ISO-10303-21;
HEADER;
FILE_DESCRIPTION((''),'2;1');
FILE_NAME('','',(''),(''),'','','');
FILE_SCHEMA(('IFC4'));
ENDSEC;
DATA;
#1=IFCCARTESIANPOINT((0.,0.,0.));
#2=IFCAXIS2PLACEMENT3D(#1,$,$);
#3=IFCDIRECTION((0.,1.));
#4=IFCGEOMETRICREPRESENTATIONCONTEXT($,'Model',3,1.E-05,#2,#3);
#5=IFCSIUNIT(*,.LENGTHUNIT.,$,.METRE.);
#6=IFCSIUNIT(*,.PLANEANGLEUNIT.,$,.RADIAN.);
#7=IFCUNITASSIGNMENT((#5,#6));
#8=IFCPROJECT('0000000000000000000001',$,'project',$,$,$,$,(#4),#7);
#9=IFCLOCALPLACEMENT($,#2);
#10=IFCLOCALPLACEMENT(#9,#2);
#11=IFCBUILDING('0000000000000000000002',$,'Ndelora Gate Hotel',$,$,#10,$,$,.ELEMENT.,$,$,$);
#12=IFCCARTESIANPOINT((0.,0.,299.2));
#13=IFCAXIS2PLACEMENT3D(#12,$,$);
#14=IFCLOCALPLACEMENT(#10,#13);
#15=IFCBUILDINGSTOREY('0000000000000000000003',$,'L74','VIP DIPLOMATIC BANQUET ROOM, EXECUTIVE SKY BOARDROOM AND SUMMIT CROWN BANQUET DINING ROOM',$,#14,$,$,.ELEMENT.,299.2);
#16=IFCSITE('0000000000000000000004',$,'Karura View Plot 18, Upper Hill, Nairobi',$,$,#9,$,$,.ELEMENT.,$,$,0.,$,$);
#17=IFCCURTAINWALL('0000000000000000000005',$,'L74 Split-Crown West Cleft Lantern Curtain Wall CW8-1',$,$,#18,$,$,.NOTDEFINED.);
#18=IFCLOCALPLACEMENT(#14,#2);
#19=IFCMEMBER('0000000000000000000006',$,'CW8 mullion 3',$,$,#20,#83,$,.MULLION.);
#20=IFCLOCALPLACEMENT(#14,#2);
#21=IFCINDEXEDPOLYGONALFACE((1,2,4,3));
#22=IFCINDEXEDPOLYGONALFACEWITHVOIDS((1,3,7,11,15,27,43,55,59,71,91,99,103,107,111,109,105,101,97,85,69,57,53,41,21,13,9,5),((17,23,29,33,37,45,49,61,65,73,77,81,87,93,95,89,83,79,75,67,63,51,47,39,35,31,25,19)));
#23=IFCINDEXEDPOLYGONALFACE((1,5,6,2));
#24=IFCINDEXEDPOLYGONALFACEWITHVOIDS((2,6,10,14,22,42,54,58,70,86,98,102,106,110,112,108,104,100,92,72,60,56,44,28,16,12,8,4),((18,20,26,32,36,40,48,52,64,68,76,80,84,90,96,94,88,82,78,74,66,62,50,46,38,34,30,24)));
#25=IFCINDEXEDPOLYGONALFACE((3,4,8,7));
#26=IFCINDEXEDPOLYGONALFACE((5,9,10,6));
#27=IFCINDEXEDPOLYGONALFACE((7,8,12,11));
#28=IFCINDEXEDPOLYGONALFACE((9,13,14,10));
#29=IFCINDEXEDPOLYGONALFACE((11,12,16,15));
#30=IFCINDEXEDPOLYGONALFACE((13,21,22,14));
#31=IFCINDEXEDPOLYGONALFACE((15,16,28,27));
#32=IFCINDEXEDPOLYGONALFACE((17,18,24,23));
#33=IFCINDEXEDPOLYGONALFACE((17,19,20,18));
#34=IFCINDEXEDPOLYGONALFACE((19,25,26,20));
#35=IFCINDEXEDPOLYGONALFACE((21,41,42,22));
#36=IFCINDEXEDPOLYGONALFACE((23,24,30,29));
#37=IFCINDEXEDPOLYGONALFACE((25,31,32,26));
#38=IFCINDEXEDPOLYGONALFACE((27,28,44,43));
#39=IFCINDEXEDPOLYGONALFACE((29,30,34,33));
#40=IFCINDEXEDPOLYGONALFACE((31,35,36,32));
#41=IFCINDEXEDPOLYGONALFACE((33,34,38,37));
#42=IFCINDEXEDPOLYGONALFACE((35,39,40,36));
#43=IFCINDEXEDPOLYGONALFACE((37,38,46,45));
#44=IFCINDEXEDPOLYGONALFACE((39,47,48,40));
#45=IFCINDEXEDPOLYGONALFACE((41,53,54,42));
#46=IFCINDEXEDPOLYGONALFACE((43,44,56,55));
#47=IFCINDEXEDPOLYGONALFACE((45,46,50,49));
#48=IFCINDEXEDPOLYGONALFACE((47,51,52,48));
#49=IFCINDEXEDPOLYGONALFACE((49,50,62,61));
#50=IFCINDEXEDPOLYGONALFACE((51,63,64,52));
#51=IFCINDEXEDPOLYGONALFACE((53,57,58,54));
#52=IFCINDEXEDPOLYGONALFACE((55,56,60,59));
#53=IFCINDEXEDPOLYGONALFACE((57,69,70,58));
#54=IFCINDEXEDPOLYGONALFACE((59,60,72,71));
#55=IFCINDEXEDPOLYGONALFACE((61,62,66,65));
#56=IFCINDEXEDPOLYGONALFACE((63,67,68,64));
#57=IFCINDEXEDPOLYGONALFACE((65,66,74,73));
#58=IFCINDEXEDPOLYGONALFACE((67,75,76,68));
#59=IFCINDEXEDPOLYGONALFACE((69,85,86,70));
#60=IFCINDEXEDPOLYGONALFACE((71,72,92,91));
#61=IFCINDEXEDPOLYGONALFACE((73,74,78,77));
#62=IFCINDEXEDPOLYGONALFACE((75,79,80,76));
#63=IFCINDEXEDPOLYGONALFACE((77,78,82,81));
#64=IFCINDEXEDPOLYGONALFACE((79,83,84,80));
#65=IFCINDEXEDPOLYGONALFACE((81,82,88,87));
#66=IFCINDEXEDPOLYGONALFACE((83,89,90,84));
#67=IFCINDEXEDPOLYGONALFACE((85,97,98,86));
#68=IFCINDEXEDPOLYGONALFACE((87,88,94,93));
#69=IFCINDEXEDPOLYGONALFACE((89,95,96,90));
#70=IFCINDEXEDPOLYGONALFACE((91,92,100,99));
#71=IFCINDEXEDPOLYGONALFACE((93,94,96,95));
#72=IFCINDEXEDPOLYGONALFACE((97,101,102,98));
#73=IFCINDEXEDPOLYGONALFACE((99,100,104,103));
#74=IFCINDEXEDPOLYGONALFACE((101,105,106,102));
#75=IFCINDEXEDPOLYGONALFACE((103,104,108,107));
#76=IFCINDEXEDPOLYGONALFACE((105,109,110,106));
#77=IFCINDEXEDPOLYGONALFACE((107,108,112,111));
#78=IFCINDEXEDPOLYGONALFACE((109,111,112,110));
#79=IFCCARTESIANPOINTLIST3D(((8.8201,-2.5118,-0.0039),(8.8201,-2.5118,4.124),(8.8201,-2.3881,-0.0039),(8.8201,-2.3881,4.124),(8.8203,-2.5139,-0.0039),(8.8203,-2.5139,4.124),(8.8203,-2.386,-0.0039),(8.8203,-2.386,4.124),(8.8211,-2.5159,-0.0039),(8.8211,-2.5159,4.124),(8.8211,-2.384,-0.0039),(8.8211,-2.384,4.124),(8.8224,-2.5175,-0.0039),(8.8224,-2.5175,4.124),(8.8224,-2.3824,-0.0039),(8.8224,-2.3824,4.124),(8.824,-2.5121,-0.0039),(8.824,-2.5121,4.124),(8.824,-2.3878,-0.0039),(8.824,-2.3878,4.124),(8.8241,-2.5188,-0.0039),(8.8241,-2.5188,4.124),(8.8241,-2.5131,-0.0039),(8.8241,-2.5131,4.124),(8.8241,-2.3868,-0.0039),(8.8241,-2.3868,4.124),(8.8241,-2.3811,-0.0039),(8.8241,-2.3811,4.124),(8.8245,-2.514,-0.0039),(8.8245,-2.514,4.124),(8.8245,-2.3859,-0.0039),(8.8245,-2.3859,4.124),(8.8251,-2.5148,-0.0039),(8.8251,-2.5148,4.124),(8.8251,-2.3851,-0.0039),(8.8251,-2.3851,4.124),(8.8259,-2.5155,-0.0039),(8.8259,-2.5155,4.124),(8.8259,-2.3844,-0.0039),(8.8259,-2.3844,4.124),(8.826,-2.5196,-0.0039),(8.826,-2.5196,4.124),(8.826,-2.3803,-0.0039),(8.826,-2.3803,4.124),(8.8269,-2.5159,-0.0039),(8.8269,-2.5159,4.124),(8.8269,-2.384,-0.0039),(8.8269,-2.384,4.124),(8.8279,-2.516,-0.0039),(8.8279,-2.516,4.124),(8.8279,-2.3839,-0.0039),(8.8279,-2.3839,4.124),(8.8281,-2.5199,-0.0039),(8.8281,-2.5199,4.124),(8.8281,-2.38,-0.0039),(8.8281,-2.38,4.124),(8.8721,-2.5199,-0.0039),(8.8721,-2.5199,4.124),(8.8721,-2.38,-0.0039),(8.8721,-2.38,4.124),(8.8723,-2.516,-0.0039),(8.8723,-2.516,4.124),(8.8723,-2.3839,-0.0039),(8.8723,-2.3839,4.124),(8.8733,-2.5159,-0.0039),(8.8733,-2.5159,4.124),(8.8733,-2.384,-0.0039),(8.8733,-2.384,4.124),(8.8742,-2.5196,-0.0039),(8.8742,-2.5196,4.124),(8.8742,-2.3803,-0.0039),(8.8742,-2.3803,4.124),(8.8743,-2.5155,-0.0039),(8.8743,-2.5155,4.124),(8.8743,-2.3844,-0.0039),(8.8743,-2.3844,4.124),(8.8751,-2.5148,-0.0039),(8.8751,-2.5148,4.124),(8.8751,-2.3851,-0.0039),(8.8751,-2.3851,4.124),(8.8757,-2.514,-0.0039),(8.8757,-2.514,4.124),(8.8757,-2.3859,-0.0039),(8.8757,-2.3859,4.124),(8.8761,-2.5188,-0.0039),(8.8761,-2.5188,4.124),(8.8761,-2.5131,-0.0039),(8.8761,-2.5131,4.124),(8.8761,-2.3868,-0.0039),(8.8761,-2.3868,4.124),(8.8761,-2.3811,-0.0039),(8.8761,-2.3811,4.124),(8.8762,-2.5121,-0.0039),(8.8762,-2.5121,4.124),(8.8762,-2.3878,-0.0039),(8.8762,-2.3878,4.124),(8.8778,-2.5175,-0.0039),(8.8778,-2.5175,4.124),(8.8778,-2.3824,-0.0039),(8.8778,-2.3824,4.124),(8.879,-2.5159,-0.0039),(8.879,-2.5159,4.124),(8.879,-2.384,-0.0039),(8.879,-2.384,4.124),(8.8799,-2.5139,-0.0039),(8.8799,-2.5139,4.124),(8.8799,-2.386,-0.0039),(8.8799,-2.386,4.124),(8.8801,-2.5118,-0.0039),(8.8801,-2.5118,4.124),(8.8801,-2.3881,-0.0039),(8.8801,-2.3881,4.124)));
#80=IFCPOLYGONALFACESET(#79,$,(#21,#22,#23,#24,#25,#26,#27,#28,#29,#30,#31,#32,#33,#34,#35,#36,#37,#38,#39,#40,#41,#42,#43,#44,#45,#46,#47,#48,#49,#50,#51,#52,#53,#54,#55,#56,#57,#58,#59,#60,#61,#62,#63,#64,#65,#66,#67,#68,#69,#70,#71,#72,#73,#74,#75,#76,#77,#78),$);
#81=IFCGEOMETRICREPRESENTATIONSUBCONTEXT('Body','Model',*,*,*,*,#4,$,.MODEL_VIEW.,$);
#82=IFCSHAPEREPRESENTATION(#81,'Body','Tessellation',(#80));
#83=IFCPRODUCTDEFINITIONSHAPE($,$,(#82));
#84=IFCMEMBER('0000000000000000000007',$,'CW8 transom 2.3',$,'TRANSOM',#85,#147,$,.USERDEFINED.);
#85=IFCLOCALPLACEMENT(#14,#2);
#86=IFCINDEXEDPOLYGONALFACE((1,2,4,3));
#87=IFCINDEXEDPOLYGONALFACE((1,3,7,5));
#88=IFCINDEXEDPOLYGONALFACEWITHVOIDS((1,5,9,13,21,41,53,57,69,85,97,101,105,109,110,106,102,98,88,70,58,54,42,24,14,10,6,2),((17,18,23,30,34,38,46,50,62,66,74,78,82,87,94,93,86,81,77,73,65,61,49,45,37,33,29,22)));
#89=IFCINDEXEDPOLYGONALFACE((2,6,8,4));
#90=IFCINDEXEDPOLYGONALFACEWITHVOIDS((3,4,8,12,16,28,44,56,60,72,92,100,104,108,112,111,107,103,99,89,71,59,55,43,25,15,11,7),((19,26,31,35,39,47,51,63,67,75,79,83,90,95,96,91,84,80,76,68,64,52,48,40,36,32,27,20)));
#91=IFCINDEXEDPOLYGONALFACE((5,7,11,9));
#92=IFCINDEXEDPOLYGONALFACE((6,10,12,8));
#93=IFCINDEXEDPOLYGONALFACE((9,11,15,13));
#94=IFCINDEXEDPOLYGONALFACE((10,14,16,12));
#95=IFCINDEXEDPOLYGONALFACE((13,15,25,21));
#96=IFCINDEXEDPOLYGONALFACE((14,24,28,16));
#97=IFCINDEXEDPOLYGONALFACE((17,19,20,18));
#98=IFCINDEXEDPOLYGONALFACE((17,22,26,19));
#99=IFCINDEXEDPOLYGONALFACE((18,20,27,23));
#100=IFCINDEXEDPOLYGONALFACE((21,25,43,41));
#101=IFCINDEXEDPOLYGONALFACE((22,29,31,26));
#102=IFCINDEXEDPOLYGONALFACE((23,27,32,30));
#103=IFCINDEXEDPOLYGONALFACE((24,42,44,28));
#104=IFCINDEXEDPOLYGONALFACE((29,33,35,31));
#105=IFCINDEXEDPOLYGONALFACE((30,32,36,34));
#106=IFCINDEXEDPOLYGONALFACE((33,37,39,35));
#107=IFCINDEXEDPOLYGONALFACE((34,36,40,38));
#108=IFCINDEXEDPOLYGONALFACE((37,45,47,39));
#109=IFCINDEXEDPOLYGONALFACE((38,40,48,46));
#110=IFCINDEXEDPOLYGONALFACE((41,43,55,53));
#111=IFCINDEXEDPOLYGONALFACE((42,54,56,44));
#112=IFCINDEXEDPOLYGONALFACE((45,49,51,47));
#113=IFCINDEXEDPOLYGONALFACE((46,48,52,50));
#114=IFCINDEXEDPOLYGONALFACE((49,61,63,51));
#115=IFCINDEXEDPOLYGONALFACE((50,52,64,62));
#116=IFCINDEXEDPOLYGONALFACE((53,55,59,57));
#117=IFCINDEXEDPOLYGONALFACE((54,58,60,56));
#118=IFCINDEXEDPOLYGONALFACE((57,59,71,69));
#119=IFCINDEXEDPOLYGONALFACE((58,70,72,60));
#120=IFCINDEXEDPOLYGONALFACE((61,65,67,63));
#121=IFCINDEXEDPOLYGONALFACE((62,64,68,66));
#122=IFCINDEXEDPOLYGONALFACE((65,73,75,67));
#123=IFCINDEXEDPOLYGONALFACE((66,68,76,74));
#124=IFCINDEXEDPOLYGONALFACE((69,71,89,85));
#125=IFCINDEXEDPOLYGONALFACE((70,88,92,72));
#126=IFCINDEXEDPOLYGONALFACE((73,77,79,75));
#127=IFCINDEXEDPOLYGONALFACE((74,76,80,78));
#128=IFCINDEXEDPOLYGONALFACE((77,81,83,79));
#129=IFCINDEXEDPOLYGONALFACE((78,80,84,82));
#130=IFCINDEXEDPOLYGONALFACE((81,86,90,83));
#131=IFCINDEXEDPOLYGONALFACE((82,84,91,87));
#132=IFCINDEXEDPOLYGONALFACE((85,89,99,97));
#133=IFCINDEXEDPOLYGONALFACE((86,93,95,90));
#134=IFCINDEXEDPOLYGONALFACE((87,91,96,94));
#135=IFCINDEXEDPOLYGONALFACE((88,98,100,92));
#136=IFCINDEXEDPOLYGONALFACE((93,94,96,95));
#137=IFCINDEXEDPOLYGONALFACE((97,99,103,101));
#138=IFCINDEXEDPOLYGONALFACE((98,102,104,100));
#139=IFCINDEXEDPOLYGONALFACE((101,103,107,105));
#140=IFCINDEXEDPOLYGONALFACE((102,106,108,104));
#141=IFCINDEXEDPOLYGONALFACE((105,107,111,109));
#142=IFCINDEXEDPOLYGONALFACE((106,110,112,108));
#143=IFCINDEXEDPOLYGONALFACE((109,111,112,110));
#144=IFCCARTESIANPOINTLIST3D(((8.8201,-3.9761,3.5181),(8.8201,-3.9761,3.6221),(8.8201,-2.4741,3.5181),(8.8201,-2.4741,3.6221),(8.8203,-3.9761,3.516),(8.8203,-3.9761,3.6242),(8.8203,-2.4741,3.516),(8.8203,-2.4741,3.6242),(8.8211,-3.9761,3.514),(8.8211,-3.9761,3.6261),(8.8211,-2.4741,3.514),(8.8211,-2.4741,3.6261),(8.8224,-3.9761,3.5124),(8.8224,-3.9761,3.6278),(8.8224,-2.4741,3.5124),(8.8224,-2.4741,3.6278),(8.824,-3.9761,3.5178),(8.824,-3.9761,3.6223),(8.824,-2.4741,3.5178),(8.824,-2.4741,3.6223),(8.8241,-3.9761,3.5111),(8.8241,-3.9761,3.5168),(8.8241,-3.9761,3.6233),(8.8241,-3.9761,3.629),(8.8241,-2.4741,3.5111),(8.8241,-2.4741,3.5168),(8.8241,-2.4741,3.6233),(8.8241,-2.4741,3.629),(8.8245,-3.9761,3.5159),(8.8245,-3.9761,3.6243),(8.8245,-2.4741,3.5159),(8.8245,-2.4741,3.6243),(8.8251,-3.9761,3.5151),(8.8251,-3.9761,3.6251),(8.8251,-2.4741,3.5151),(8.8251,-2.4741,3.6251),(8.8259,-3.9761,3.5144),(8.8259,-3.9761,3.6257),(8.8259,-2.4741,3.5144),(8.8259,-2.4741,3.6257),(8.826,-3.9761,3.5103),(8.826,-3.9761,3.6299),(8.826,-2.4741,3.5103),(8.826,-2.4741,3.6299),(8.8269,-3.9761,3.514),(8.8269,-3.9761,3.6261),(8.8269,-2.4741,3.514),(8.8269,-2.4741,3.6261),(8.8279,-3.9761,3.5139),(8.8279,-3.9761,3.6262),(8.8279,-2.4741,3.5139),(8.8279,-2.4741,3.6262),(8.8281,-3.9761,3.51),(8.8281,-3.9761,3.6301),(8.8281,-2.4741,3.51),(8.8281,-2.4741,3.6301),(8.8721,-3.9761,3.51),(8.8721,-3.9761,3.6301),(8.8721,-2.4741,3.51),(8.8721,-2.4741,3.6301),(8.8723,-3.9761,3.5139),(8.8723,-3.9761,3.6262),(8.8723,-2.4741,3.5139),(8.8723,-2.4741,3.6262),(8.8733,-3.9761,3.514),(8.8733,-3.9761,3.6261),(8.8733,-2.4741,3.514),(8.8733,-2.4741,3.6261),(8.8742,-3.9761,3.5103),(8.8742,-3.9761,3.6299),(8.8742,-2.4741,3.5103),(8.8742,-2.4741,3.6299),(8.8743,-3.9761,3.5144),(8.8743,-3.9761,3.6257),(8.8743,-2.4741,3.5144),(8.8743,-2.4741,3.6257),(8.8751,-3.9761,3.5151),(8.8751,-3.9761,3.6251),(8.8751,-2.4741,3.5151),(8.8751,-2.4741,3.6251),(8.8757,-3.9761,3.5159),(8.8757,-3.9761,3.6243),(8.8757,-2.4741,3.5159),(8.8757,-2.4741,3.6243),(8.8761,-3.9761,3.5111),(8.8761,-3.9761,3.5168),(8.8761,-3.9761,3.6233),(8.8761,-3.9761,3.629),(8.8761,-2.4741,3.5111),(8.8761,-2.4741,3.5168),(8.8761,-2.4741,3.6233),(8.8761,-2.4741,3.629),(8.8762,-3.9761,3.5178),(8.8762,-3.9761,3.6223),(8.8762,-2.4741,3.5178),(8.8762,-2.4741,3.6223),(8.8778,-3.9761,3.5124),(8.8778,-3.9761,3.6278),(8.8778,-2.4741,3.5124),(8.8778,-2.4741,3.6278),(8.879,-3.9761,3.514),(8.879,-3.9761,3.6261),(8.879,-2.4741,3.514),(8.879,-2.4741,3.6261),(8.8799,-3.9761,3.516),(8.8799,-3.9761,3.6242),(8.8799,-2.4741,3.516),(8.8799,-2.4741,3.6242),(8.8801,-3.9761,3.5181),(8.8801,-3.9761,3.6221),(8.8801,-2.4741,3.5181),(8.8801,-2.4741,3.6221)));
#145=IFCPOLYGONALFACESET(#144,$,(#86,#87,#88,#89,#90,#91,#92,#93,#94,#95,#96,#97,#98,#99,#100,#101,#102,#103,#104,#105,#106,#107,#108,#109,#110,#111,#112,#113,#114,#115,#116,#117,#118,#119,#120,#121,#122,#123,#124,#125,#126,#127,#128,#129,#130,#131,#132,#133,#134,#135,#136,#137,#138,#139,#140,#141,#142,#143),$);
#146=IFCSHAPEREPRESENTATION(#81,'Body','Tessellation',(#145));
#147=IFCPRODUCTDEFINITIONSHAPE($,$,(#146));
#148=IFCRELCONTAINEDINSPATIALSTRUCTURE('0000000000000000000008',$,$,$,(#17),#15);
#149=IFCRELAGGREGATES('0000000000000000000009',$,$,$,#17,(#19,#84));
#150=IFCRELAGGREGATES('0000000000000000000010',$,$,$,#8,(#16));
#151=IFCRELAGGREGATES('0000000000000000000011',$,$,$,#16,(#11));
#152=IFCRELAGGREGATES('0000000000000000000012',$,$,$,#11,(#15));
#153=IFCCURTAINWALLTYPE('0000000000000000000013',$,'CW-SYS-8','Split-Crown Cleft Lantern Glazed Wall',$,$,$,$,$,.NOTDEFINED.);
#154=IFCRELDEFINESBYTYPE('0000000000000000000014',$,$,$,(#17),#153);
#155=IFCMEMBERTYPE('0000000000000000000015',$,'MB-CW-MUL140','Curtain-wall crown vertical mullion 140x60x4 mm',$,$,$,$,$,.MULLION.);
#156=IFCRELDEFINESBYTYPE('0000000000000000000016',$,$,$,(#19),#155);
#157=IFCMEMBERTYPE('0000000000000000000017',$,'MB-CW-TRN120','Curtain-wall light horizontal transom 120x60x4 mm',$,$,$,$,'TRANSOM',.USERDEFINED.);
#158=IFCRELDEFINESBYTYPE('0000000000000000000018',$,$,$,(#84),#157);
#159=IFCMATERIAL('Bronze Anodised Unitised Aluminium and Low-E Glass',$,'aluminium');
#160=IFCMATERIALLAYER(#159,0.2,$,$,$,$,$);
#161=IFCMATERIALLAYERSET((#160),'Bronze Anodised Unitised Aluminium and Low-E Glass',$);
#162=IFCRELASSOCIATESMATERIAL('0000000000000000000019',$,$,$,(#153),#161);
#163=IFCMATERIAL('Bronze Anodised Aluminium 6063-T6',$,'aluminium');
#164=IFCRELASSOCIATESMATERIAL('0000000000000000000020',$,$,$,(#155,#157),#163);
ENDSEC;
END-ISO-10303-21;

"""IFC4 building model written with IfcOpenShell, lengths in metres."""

from ifc_helpers import new_model, si_unit, direction, frame, origin, origin_2d, place, context, subcontext, project, spatial, hollow_rectangle, extrude, material, layer, layer_set, material_profile, profile_set, type_object, element, aggregate, save


model = new_model("IFC4")

# Units and contexts
model_context = context("Model", 3, precision=1e-05, world=origin(), true_north=direction((0.0, 1.0)))
body_context = subcontext(model_context, "Body", "Model", "MODEL_VIEW")
ifc_project = project(units=[si_unit("LENGTHUNIT", "METRE"), si_unit("PLANEANGLEUNIT", "RADIAN")], contexts=[model_context])

# Site, building, storey
site_placement = place(None, origin())
site = spatial("IfcSite", under=ifc_project, at=site_placement, Name="Karura View Plot 18, Upper Hill, Nairobi", CompositionType="ELEMENT", RefElevation=0.0)
building_placement = place(site_placement, origin())
building = spatial("IfcBuilding", under=site, at=building_placement, Name="Ndelora Gate Hotel", CompositionType="ELEMENT")
storey_placement = place(building_placement, frame((0.0, 0.0, 299.2)))
storey = spatial("IfcBuildingStorey", under=building, at=storey_placement, Name="L74", Description="VIP DIPLOMATIC BANQUET ROOM, EXECUTIVE SKY BOARDROOM AND SUMMIT CROWN BANQUET DINING ROOM", CompositionType="ELEMENT", Elevation=299.2)

# Curtain wall, members
ifc_material_1 = material(Name="Bronze Anodised Unitised Aluminium and Low-E Glass", Category="aluminium")
ifc_layer_1 = layer(ifc_material_1, 0.2)
ifc_layer_set_1 = layer_set([ifc_layer_1], Name="Bronze Anodised Unitised Aluminium and Low-E Glass")
curtain_wall_type = type_object("IfcCurtainWallType", Name="CW-SYS-8", Description="Split-Crown Cleft Lantern Glazed Wall", PredefinedType="NOTDEFINED", material=ifc_layer_set_1)
curtain_wall_placement = place(storey_placement, origin())
curtain_wall = element("IfcCurtainWall", 1, at=curtain_wall_placement, inside=storey, type_object=curtain_wall_type, Name="L74 Split-Crown West Cleft Lantern Curtain Wall CW8-1", PredefinedType="NOTDEFINED")
ifc_material_2 = material(Name="Bronze Anodised Aluminium 6063-T6", Category="aluminium")
ifc_material_profile_1 = material_profile(ifc_material_2, hollow_rectangle(XDim=0.0601, YDim=0.1399, WallThickness=0.0039, InnerFilletRadius=0.0039, OuterFilletRadius=0.0081, at=origin_2d()), Name="ALU 140x60x4")
ifc_profile_set_1 = profile_set([ifc_material_profile_1], Name="Bronze Anodised Aluminium 6063-T6")
member_type_1 = type_object("IfcMemberType", Name="MB-CW-MUL140", Description="Curtain-wall crown vertical mullion 140x60x4 mm", PredefinedType="MULLION", material=ifc_profile_set_1)
member_1_placement = place(storey_placement, frame((8.8501, -2.45, -0.0039), z_axis=(0.0, 0.0, 1.0), x_axis=(-1.0, 0.0, 0.0)))
member_1 = element("IfcMember", 2, at=member_1_placement, type_object=member_type_1, Name="CW8 mullion 3", PredefinedType="MULLION", context=body_context, shape_type="SweptSolid", body=[
    extrude(hollow_rectangle(XDim=0.0601, YDim=0.1399, WallThickness=0.0039, InnerFilletRadius=0.0039, OuterFilletRadius=0.0081, at=origin_2d()), origin(), (0.0, 0.0, 1.0), 4.1279),
])
ifc_material_profile_2 = material_profile(ifc_material_2, hollow_rectangle(XDim=0.0601, YDim=0.1201, WallThickness=0.0039, InnerFilletRadius=0.0039, OuterFilletRadius=0.0081, at=origin_2d()), Name="ALU 120x60x4")
ifc_profile_set_2 = profile_set([ifc_material_profile_2], Name="Bronze Anodised Aluminium 6063-T6")
member_type_2 = type_object("IfcMemberType", Name="MB-CW-TRN120", Description="Curtain-wall light horizontal transom 120x60x4 mm", ElementType="TRANSOM", PredefinedType="USERDEFINED", material=ifc_profile_set_2)
member_2_placement = place(storey_placement, frame((8.8501, -3.9761, 3.5701), z_axis=(0.0, 1.0, 0.0), x_axis=(-1.0, 0.0, 0.0)))
member_2 = element("IfcMember", 3, at=member_2_placement, type_object=member_type_2, Name="CW8 transom 2.3", ObjectType="TRANSOM", PredefinedType="USERDEFINED", context=body_context, shape_type="SweptSolid", body=[
    extrude(hollow_rectangle(XDim=0.0601, YDim=0.1201, WallThickness=0.0039, InnerFilletRadius=0.0039, OuterFilletRadius=0.0081, at=origin_2d()), origin(), (0.0, 0.0, 1.0), 1.502),
])
aggregate(curtain_wall, [member_1, member_2])

save(model, "model.ifc")
